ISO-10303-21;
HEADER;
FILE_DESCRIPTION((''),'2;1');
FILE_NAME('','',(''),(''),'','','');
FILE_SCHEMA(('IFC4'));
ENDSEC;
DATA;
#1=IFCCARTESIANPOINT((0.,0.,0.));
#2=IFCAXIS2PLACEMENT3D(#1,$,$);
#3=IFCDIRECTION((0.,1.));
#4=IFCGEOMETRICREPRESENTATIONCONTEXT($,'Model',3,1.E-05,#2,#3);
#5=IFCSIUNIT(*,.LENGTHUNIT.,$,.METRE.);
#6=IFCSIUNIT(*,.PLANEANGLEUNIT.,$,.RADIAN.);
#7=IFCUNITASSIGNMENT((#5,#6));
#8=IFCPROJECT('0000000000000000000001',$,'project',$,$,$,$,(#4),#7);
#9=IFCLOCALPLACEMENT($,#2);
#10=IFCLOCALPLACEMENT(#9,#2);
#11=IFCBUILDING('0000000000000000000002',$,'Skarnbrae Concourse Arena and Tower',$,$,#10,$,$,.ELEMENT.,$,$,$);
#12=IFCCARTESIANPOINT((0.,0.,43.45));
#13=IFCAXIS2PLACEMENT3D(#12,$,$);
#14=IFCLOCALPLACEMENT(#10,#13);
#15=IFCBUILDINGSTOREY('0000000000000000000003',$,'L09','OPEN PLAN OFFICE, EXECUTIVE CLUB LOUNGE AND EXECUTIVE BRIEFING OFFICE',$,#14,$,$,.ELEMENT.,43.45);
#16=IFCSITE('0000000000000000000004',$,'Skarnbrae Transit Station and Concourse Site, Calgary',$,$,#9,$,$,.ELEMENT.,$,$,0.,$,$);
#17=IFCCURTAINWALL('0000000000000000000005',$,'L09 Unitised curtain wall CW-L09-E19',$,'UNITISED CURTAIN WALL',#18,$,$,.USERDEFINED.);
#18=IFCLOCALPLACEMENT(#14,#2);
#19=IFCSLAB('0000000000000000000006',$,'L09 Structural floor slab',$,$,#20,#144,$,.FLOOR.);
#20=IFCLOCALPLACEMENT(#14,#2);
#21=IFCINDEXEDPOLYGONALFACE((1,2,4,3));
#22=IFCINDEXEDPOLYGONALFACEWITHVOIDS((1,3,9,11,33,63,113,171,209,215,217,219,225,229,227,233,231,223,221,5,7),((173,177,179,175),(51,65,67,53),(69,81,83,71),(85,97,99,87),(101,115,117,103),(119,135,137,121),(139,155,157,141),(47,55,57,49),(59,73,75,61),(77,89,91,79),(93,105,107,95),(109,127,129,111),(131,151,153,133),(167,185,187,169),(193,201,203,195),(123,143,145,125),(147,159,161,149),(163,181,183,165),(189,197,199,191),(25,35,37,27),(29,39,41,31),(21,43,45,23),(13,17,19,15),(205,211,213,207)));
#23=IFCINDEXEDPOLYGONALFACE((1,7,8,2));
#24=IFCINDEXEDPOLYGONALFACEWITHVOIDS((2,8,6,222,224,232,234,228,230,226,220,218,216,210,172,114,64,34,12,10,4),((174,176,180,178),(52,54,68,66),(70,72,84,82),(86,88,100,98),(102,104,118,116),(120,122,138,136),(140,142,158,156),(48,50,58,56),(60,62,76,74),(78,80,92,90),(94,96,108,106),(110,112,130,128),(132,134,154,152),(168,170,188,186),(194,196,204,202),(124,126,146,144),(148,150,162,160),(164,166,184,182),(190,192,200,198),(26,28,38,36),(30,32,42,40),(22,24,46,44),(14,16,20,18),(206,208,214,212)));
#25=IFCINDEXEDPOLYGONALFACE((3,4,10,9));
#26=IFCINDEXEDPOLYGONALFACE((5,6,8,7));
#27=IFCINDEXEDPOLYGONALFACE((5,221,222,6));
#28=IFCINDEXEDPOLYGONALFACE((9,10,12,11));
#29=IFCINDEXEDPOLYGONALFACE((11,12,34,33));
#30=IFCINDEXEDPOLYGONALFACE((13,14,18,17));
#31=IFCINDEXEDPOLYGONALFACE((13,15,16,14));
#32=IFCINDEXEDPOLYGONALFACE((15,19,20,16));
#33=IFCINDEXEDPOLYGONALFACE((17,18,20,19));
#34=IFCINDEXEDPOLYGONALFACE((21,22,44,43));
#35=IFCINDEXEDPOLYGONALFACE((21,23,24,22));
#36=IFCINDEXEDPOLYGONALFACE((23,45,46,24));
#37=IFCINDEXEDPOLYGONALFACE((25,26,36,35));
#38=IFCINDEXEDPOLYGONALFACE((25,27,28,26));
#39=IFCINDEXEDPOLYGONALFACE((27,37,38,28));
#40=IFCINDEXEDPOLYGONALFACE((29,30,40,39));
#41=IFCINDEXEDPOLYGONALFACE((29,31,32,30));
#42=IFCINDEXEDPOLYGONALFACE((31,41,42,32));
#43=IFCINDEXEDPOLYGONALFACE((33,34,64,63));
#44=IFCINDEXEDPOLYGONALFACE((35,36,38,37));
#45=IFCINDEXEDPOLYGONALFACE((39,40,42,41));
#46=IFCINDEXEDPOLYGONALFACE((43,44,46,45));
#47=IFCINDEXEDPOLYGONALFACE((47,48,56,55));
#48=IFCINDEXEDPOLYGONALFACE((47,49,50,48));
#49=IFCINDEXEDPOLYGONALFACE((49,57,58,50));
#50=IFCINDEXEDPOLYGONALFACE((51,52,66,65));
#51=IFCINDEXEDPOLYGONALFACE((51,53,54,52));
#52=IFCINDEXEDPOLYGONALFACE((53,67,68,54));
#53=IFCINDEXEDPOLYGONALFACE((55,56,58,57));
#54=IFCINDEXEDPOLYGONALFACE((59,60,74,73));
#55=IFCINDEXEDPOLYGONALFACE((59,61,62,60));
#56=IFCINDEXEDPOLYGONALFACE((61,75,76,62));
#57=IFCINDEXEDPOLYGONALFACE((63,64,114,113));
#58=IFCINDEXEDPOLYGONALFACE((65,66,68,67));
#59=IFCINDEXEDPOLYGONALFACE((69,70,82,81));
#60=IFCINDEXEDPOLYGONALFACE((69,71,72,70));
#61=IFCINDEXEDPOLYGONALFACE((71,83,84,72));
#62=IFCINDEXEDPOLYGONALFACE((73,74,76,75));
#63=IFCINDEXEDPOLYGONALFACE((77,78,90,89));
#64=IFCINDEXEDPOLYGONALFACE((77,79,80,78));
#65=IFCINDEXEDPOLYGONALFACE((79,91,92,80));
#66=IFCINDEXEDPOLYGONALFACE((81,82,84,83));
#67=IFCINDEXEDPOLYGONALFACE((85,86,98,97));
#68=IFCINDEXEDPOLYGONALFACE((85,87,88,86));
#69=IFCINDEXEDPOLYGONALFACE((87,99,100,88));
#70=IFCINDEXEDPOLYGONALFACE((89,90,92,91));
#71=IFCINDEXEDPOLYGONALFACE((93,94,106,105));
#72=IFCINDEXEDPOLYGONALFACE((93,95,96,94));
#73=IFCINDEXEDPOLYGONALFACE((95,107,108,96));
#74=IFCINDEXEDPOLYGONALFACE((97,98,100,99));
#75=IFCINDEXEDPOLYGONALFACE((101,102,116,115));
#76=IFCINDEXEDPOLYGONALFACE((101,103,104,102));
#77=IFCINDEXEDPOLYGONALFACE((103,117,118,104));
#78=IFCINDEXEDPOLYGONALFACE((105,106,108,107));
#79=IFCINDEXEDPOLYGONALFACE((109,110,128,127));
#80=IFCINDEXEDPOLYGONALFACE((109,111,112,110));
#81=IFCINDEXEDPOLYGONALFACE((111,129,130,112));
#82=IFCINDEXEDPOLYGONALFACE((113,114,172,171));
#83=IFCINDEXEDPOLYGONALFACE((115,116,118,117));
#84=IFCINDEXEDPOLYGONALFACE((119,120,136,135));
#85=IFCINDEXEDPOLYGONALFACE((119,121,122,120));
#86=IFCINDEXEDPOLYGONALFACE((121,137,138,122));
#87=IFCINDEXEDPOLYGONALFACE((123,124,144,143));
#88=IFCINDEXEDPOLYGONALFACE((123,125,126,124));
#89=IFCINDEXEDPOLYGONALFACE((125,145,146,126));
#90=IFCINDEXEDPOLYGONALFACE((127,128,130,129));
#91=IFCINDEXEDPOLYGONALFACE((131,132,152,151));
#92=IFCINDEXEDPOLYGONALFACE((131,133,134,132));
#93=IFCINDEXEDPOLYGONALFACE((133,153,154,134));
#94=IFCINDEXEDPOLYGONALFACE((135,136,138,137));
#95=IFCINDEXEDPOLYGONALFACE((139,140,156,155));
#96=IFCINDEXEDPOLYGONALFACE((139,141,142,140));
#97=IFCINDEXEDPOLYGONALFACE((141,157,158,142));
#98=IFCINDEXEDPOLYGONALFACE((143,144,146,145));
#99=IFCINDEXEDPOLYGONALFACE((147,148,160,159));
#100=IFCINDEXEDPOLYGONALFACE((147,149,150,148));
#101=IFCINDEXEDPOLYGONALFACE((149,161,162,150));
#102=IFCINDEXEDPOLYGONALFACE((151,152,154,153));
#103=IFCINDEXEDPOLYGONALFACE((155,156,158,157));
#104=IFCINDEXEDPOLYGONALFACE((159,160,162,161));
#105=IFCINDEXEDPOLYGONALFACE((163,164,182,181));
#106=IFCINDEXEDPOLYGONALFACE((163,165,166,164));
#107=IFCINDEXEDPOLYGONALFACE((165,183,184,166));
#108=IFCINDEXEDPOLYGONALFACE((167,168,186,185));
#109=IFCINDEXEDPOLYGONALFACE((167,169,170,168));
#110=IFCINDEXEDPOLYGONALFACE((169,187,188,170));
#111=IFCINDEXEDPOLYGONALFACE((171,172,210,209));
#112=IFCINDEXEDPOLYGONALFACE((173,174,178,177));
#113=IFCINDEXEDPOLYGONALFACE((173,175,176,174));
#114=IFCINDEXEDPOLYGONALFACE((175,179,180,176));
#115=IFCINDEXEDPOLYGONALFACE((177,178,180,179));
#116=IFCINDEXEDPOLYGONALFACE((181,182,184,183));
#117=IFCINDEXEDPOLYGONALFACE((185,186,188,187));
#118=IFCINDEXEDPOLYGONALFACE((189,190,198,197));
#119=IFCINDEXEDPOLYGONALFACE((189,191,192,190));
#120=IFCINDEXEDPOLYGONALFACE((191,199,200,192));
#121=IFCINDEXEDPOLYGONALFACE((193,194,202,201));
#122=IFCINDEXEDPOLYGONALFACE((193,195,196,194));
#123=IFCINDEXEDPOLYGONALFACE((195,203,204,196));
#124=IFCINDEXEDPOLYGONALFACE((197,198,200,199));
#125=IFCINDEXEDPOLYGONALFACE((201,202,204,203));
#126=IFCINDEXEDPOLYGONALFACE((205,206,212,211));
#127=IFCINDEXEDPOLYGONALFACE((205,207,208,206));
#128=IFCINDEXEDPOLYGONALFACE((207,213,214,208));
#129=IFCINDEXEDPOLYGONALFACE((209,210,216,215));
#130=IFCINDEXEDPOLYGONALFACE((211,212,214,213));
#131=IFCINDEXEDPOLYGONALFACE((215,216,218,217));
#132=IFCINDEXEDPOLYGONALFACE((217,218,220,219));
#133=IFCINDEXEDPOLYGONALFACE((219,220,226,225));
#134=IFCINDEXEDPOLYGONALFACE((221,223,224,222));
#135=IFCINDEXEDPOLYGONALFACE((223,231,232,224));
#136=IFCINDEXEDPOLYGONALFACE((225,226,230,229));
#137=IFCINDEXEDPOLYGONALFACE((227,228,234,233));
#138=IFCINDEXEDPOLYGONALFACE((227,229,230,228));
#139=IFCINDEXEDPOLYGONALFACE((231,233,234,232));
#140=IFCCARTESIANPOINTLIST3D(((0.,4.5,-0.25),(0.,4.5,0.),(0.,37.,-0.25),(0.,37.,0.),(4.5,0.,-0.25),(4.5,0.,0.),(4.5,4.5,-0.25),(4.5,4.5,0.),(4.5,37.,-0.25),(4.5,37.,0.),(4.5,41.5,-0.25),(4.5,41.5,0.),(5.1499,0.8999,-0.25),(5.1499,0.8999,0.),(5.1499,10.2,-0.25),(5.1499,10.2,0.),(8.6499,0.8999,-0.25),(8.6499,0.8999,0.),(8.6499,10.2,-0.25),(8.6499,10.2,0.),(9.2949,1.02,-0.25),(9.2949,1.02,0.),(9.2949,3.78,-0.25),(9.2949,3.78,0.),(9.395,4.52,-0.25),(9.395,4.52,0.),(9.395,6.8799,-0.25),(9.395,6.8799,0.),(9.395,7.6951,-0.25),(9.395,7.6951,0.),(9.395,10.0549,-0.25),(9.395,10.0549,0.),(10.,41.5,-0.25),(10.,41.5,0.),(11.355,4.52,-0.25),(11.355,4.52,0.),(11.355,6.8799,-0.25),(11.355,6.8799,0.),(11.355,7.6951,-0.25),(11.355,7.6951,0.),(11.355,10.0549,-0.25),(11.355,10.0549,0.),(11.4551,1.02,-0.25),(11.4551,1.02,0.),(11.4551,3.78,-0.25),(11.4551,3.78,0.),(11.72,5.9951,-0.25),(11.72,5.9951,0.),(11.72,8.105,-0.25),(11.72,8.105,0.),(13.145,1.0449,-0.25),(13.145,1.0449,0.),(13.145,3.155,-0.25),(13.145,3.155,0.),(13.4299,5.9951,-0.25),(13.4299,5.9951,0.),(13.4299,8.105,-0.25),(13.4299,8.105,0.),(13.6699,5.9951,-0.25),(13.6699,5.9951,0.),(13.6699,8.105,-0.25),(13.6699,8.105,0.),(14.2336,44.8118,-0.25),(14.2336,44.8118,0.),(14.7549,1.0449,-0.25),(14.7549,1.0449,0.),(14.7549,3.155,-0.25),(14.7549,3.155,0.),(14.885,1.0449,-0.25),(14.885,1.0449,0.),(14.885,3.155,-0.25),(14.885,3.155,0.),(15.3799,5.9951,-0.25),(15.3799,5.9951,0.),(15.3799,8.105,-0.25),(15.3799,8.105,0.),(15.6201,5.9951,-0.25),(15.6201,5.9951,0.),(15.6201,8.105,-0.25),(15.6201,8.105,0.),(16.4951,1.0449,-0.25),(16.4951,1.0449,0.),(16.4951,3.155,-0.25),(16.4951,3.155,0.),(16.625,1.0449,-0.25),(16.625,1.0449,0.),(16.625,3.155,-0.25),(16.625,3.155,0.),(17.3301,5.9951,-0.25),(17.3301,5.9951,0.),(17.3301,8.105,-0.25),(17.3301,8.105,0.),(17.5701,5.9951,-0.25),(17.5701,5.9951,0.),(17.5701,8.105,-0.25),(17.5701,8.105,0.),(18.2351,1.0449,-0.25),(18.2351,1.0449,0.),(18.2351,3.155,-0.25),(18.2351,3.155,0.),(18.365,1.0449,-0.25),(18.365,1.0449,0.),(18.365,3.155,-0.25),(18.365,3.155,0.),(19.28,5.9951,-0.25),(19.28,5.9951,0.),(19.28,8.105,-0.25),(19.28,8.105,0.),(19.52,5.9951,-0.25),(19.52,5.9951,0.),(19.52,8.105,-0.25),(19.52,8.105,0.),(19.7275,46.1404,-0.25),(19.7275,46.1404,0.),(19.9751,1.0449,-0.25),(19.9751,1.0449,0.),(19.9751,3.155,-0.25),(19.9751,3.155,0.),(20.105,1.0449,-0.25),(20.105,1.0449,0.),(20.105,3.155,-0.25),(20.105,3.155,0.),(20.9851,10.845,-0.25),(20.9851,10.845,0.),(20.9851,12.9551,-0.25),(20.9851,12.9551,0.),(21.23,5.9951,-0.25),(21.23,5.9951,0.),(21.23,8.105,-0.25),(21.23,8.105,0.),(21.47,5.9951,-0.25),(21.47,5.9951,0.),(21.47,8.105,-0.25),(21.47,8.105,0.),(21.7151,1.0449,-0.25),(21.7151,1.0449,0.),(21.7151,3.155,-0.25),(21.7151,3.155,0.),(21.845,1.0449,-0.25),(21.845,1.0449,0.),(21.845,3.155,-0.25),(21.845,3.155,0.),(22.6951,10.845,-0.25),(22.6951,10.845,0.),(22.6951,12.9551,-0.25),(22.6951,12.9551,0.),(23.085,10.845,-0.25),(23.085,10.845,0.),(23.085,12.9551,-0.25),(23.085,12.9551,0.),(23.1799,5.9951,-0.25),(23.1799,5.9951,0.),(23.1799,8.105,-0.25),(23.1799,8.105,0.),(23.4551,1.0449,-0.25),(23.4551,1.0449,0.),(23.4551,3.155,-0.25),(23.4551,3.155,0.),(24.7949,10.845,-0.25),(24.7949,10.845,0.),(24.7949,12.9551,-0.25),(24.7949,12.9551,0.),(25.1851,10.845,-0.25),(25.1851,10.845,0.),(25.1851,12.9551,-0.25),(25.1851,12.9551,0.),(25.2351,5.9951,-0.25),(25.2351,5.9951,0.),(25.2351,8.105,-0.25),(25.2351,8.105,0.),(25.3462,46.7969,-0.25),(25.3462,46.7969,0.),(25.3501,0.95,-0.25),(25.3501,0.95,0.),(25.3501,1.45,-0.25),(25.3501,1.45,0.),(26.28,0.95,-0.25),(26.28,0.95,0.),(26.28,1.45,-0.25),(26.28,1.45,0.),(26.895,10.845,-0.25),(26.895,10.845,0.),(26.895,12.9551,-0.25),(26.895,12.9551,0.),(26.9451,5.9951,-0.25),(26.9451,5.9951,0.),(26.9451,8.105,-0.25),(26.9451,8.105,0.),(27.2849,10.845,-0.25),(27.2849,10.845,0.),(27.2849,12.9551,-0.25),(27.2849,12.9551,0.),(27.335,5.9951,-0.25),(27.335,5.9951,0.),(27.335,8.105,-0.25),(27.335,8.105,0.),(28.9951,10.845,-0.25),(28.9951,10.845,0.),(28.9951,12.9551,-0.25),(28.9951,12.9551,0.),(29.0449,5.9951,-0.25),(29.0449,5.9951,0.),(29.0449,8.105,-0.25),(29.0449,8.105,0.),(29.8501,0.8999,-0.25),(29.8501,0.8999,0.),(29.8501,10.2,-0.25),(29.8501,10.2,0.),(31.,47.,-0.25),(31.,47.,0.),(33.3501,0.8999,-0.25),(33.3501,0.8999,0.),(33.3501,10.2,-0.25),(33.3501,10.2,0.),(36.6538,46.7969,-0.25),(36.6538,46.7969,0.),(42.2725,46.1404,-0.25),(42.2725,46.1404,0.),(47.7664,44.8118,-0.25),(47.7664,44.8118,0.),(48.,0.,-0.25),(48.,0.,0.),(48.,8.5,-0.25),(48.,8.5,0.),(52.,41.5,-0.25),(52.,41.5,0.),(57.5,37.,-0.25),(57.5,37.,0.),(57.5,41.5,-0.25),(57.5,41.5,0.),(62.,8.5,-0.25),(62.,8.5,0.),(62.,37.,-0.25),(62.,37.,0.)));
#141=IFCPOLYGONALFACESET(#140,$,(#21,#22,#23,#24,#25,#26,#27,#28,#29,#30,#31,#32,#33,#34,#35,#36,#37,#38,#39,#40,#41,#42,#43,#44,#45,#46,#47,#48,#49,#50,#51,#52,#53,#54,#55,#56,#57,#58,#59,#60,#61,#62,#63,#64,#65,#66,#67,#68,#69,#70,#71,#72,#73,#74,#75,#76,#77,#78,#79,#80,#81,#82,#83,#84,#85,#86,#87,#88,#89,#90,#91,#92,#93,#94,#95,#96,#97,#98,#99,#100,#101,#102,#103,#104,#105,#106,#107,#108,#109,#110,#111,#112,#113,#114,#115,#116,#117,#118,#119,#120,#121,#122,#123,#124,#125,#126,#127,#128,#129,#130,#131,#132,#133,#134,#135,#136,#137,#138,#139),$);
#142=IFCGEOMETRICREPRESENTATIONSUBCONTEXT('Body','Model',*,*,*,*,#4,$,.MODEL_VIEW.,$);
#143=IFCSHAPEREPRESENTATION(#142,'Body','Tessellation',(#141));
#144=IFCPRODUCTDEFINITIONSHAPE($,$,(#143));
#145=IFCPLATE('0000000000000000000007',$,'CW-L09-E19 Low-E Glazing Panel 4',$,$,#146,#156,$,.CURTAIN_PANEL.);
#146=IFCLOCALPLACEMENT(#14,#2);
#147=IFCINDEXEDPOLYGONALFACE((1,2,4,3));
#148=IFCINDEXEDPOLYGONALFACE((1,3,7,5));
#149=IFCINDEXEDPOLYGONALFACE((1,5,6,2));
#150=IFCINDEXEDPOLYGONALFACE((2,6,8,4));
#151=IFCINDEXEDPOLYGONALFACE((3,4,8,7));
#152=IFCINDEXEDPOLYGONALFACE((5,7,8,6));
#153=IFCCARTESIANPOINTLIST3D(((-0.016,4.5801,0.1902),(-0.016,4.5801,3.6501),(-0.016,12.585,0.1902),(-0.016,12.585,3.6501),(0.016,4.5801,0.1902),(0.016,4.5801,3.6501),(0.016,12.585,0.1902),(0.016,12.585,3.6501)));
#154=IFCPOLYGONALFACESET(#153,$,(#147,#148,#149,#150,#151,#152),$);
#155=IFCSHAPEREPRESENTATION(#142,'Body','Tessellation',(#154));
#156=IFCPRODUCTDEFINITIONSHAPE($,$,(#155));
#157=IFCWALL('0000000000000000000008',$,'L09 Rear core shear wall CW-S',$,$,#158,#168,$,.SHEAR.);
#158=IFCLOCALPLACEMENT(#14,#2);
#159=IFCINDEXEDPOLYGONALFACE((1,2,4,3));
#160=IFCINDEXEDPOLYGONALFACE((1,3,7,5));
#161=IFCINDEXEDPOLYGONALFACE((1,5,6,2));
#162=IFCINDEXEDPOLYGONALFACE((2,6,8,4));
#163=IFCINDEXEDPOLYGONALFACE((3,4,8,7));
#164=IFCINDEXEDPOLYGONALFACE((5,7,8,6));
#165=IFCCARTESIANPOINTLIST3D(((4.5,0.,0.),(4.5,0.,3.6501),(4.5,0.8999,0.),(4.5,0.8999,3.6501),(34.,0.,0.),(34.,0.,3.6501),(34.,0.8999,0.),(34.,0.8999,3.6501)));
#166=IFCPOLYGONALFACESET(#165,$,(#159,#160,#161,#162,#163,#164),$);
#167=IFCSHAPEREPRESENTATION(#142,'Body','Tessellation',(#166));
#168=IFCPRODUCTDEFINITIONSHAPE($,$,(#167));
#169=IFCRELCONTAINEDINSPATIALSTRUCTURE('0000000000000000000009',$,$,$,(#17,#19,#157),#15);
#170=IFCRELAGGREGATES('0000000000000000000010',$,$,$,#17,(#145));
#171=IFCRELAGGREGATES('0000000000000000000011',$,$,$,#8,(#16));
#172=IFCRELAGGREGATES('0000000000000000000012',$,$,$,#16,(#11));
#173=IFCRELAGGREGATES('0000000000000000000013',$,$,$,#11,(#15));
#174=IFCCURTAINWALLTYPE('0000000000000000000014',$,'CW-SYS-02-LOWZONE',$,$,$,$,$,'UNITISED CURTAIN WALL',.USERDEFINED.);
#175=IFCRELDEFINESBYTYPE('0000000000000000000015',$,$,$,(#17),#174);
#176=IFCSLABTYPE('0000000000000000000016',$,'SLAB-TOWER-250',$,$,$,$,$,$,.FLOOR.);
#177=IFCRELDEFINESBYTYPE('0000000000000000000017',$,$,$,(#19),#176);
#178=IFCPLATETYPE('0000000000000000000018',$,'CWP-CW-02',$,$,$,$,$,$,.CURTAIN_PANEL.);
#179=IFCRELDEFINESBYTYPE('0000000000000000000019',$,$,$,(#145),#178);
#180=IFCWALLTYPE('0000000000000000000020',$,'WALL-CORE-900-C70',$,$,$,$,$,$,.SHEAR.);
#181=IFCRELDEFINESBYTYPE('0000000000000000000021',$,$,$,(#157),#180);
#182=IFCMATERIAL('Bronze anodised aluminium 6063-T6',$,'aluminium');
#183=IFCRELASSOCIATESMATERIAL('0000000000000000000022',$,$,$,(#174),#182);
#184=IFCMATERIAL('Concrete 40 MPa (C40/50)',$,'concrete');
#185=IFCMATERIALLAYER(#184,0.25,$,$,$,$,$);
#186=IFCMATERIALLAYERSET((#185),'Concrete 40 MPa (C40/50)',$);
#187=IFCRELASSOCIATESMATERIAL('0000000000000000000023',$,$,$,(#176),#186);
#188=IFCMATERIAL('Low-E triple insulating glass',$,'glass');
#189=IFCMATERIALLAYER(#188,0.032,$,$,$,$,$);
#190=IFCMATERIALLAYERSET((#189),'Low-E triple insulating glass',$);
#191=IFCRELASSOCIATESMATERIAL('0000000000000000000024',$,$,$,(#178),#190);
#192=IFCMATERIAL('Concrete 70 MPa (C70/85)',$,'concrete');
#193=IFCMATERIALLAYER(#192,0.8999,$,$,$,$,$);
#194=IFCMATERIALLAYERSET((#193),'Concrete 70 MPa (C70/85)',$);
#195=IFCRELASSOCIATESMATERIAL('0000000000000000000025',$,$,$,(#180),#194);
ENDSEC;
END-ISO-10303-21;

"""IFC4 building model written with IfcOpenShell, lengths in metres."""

from ifc_helpers import new_model, si_unit, direction, frame, frame_2d, origin, origin_2d, place, context, subcontext, project, spatial, polyline, rectangle, outline, extrude, source, transform, mapped, material, layer, layer_set, type_object, element, aggregate, save


model = new_model("IFC4")

# Units and contexts
model_context = context("Model", 3, precision=1e-05, world=origin(), true_north=direction((0.0, 1.0)))
body_context = subcontext(model_context, "Body", "Model", "MODEL_VIEW")
ifc_project = project(units=[si_unit("LENGTHUNIT", "METRE"), si_unit("PLANEANGLEUNIT", "RADIAN")], contexts=[model_context])

# Site, building, storey
site_placement = place(None, origin())
site = spatial("IfcSite", under=ifc_project, at=site_placement, Name="Skarnbrae Transit Station and Concourse Site, Calgary", CompositionType="ELEMENT", RefElevation=0.0)
building_placement = place(site_placement, origin())
building = spatial("IfcBuilding", under=site, at=building_placement, Name="Skarnbrae Concourse Arena and Tower", CompositionType="ELEMENT")
storey_placement = place(building_placement, frame((0.0, 0.0, 43.45)))
storey = spatial("IfcBuildingStorey", under=building, at=storey_placement, Name="L09", Description="OPEN PLAN OFFICE, EXECUTIVE CLUB LOUNGE AND EXECUTIVE BRIEFING OFFICE", CompositionType="ELEMENT", Elevation=43.45)

# Curtain wall
ifc_material_1 = material(Name="Bronze anodised aluminium 6063-T6", Category="aluminium")
curtain_wall_type = type_object("IfcCurtainWallType", Name="CW-SYS-02-LOWZONE", ElementType="UNITISED CURTAIN WALL", PredefinedType="USERDEFINED", material=ifc_material_1)
curtain_wall_placement = place(storey_placement, origin())
curtain_wall = element("IfcCurtainWall", 1, at=curtain_wall_placement, inside=storey, type_object=curtain_wall_type, Name="L09 Unitised curtain wall CW-L09-E19", ObjectType="UNITISED CURTAIN WALL", PredefinedType="USERDEFINED")

# Shared definitions
ifc_material_2 = material(Name="Concrete 40 MPa (C40/50)", Category="concrete")

# Slab
ifc_layer_1 = layer(ifc_material_2, 0.25)
ifc_layer_set_1 = layer_set([ifc_layer_1], Name="Concrete 40 MPa (C40/50)")
slab_type_1 = type_object("IfcSlabType", Name="SLAB-TOWER-250", PredefinedType="FLOOR", material=ifc_layer_set_1)
slab_1_placement = place(storey_placement, frame((0.0, 0.0, -0.25)))
element("IfcSlab", 2, at=slab_1_placement, inside=storey, type_object=slab_type_1, Name="L09 Structural floor slab", PredefinedType="FLOOR", context=body_context, shape_type="SweptSolid", body=[
    extrude(outline(polyline([(4.5, 0.0), (48.0, 0.0), (48.0, 8.5), (62.0, 8.5), (62.0, 37.0), (57.5, 37.0), (57.5, 41.5), (52.0, 41.5), (47.7664, 44.8118), (42.2725, 46.1404), (36.6538, 46.7969), (31.0, 47.0), (25.3462, 46.7969), (19.7275, 46.1404), (14.2336, 44.8118), (10.0, 41.5), (4.5, 41.5), (4.5, 37.0), (0.0, 37.0), (0.0, 4.5), (4.5, 4.5), (4.5, 0.0)]), holes=[polyline([(13.145, 3.155), (14.7549, 3.155), (14.7549, 1.0449), (13.145, 1.0449), (13.145, 3.155)]), polyline([(16.4951, 3.155), (16.4951, 1.0449), (14.885, 1.0449), (14.885, 3.155), (16.4951, 3.155)]), polyline([(18.2351, 3.155), (18.2351, 1.0449), (16.625, 1.0449), (16.625, 3.155), (18.2351, 3.155)]), polyline([(18.365, 3.155), (19.9751, 3.155), (19.9751, 1.0449), (18.365, 1.0449), (18.365, 3.155)]), polyline([(11.4551, 3.78), (11.4551, 1.02), (9.2949, 1.02), (9.2949, 3.78), (11.4551, 3.78)]), polyline([(8.6499, 0.8999), (5.1499, 0.8999), (5.1499, 10.2), (8.6499, 10.2), (8.6499, 0.8999)]), polyline([(9.395, 6.8799), (11.355, 6.8799), (11.355, 4.52), (9.395, 4.52), (9.395, 6.8799)]), polyline([(13.4299, 8.105), (13.4299, 5.9951), (11.72, 5.9951), (11.72, 8.105), (13.4299, 8.105)]), polyline([(15.3799, 8.105), (15.3799, 5.9951), (13.6699, 5.9951), (13.6699, 8.105), (15.3799, 8.105)]), polyline([(15.6201, 8.105), (17.3301, 8.105), (17.3301, 5.9951), (15.6201, 5.9951), (15.6201, 8.105)]), polyline([(19.28, 8.105), (19.28, 5.9951), (17.5701, 5.9951), (17.5701, 8.105), (19.28, 8.105)]), polyline([(11.355, 10.0549), (11.355, 7.6951), (9.395, 7.6951), (9.395, 10.0549), (11.355, 10.0549)]), polyline([(25.3501, 1.45), (26.28, 1.45), (26.28, 0.95), (25.3501, 0.95), (25.3501, 1.45)]), polyline([(21.7151, 3.155), (21.7151, 1.0449), (20.105, 1.0449), (20.105, 3.155), (21.7151, 3.155)]), polyline([(23.4551, 3.155), (23.4551, 1.0449), (21.845, 1.0449), (21.845, 3.155), (23.4551, 3.155)]), polyline([(33.3501, 10.2), (33.3501, 0.8999), (29.8501, 0.8999), (29.8501, 10.2), (33.3501, 10.2)]), polyline([(21.23, 8.105), (21.23, 5.9951), (19.52, 5.9951), (19.52, 8.105), (21.23, 8.105)]), polyline([(23.1799, 8.105), (23.1799, 5.9951), (21.47, 5.9951), (21.47, 8.105), (23.1799, 8.105)]), polyline([(25.2351, 8.105), (26.9451, 8.105), (26.9451, 5.9951), (25.2351, 5.9951), (25.2351, 8.105)]), polyline([(29.0449, 8.105), (29.0449, 5.9951), (27.335, 5.9951), (27.335, 8.105), (29.0449, 8.105)]), polyline([(22.6951, 12.9551), (22.6951, 10.845), (20.9851, 10.845), (20.9851, 12.9551), (22.6951, 12.9551)]), polyline([(23.085, 12.9551), (24.7949, 12.9551), (24.7949, 10.845), (23.085, 10.845), (23.085, 12.9551)]), polyline([(26.895, 12.9551), (26.895, 10.845), (25.1851, 10.845), (25.1851, 12.9551), (26.895, 12.9551)]), polyline([(28.9951, 12.9551), (28.9951, 10.845), (27.2849, 10.845), (27.2849, 12.9551), (28.9951, 12.9551)])]), origin(), (0.0, 0.0, 1.0), 0.25),
])

# Plate
ifc_material_3 = material(Name="Low-E triple insulating glass", Category="glass")
ifc_layer_2 = layer(ifc_material_3, 0.032)
ifc_layer_set_2 = layer_set([ifc_layer_2], Name="Low-E triple insulating glass")
plate_type = type_object("IfcPlateType", Name="CWP-CW-02", PredefinedType="CURTAIN_PANEL", material=ifc_layer_set_2)
shared_shape_1 = source(origin(), body_context, "Body", "SweptSolid", [
    extrude(rectangle(XDim=8.0049, YDim=0.032, at=origin_2d()), origin(), (0.0, 0.0, 1.0), 3.46),
])
plate_placement = place(storey_placement, frame((0.0, 8.5825, 0.1902), z_axis=(0.0, 0.0, 1.0), x_axis=(0.0, -1.0, 0.0)))
plate = element("IfcPlate", 3, at=plate_placement, type_object=plate_type, Name="CW-L09-E19 Low-E Glazing Panel 4", PredefinedType="CURTAIN_PANEL", context=body_context, shape_type="MappedRepresentation", body=[
    mapped(shared_shape_1, transform((0.0, 0.0, 0.0))),
])
aggregate(curtain_wall, [plate])

# Wall
ifc_material_4 = material(Name="Concrete 70 MPa (C70/85)", Category="concrete")
ifc_layer_3 = layer(ifc_material_4, 0.8999)
ifc_layer_set_3 = layer_set([ifc_layer_3], Name="Concrete 70 MPa (C70/85)")
wall_type_1 = type_object("IfcWallType", Name="WALL-CORE-900-C70", PredefinedType="SHEAR", material=ifc_layer_set_3)
shared_shape_2 = source(origin(), body_context, "Body", "SweptSolid", [
    extrude(rectangle(XDim=29.5, YDim=0.8999, at=frame_2d((14.75, 0.0))), origin(), (0.0, 0.0, 1.0), 3.6501),
])
wall_1_placement = place(storey_placement, frame((4.5, 0.45, 0.0), z_axis=(0.0, 0.0, 1.0), x_axis=(1.0, 0.0, 0.0)))
element("IfcWall", 4, at=wall_1_placement, inside=storey, type_object=wall_type_1, Name="L09 Rear core shear wall CW-S", PredefinedType="SHEAR", context=body_context, shape_type="MappedRepresentation", body=[
    mapped(shared_shape_2, transform((0.0, 0.0, 0.0))),
])

save(model, "model.ifc")
